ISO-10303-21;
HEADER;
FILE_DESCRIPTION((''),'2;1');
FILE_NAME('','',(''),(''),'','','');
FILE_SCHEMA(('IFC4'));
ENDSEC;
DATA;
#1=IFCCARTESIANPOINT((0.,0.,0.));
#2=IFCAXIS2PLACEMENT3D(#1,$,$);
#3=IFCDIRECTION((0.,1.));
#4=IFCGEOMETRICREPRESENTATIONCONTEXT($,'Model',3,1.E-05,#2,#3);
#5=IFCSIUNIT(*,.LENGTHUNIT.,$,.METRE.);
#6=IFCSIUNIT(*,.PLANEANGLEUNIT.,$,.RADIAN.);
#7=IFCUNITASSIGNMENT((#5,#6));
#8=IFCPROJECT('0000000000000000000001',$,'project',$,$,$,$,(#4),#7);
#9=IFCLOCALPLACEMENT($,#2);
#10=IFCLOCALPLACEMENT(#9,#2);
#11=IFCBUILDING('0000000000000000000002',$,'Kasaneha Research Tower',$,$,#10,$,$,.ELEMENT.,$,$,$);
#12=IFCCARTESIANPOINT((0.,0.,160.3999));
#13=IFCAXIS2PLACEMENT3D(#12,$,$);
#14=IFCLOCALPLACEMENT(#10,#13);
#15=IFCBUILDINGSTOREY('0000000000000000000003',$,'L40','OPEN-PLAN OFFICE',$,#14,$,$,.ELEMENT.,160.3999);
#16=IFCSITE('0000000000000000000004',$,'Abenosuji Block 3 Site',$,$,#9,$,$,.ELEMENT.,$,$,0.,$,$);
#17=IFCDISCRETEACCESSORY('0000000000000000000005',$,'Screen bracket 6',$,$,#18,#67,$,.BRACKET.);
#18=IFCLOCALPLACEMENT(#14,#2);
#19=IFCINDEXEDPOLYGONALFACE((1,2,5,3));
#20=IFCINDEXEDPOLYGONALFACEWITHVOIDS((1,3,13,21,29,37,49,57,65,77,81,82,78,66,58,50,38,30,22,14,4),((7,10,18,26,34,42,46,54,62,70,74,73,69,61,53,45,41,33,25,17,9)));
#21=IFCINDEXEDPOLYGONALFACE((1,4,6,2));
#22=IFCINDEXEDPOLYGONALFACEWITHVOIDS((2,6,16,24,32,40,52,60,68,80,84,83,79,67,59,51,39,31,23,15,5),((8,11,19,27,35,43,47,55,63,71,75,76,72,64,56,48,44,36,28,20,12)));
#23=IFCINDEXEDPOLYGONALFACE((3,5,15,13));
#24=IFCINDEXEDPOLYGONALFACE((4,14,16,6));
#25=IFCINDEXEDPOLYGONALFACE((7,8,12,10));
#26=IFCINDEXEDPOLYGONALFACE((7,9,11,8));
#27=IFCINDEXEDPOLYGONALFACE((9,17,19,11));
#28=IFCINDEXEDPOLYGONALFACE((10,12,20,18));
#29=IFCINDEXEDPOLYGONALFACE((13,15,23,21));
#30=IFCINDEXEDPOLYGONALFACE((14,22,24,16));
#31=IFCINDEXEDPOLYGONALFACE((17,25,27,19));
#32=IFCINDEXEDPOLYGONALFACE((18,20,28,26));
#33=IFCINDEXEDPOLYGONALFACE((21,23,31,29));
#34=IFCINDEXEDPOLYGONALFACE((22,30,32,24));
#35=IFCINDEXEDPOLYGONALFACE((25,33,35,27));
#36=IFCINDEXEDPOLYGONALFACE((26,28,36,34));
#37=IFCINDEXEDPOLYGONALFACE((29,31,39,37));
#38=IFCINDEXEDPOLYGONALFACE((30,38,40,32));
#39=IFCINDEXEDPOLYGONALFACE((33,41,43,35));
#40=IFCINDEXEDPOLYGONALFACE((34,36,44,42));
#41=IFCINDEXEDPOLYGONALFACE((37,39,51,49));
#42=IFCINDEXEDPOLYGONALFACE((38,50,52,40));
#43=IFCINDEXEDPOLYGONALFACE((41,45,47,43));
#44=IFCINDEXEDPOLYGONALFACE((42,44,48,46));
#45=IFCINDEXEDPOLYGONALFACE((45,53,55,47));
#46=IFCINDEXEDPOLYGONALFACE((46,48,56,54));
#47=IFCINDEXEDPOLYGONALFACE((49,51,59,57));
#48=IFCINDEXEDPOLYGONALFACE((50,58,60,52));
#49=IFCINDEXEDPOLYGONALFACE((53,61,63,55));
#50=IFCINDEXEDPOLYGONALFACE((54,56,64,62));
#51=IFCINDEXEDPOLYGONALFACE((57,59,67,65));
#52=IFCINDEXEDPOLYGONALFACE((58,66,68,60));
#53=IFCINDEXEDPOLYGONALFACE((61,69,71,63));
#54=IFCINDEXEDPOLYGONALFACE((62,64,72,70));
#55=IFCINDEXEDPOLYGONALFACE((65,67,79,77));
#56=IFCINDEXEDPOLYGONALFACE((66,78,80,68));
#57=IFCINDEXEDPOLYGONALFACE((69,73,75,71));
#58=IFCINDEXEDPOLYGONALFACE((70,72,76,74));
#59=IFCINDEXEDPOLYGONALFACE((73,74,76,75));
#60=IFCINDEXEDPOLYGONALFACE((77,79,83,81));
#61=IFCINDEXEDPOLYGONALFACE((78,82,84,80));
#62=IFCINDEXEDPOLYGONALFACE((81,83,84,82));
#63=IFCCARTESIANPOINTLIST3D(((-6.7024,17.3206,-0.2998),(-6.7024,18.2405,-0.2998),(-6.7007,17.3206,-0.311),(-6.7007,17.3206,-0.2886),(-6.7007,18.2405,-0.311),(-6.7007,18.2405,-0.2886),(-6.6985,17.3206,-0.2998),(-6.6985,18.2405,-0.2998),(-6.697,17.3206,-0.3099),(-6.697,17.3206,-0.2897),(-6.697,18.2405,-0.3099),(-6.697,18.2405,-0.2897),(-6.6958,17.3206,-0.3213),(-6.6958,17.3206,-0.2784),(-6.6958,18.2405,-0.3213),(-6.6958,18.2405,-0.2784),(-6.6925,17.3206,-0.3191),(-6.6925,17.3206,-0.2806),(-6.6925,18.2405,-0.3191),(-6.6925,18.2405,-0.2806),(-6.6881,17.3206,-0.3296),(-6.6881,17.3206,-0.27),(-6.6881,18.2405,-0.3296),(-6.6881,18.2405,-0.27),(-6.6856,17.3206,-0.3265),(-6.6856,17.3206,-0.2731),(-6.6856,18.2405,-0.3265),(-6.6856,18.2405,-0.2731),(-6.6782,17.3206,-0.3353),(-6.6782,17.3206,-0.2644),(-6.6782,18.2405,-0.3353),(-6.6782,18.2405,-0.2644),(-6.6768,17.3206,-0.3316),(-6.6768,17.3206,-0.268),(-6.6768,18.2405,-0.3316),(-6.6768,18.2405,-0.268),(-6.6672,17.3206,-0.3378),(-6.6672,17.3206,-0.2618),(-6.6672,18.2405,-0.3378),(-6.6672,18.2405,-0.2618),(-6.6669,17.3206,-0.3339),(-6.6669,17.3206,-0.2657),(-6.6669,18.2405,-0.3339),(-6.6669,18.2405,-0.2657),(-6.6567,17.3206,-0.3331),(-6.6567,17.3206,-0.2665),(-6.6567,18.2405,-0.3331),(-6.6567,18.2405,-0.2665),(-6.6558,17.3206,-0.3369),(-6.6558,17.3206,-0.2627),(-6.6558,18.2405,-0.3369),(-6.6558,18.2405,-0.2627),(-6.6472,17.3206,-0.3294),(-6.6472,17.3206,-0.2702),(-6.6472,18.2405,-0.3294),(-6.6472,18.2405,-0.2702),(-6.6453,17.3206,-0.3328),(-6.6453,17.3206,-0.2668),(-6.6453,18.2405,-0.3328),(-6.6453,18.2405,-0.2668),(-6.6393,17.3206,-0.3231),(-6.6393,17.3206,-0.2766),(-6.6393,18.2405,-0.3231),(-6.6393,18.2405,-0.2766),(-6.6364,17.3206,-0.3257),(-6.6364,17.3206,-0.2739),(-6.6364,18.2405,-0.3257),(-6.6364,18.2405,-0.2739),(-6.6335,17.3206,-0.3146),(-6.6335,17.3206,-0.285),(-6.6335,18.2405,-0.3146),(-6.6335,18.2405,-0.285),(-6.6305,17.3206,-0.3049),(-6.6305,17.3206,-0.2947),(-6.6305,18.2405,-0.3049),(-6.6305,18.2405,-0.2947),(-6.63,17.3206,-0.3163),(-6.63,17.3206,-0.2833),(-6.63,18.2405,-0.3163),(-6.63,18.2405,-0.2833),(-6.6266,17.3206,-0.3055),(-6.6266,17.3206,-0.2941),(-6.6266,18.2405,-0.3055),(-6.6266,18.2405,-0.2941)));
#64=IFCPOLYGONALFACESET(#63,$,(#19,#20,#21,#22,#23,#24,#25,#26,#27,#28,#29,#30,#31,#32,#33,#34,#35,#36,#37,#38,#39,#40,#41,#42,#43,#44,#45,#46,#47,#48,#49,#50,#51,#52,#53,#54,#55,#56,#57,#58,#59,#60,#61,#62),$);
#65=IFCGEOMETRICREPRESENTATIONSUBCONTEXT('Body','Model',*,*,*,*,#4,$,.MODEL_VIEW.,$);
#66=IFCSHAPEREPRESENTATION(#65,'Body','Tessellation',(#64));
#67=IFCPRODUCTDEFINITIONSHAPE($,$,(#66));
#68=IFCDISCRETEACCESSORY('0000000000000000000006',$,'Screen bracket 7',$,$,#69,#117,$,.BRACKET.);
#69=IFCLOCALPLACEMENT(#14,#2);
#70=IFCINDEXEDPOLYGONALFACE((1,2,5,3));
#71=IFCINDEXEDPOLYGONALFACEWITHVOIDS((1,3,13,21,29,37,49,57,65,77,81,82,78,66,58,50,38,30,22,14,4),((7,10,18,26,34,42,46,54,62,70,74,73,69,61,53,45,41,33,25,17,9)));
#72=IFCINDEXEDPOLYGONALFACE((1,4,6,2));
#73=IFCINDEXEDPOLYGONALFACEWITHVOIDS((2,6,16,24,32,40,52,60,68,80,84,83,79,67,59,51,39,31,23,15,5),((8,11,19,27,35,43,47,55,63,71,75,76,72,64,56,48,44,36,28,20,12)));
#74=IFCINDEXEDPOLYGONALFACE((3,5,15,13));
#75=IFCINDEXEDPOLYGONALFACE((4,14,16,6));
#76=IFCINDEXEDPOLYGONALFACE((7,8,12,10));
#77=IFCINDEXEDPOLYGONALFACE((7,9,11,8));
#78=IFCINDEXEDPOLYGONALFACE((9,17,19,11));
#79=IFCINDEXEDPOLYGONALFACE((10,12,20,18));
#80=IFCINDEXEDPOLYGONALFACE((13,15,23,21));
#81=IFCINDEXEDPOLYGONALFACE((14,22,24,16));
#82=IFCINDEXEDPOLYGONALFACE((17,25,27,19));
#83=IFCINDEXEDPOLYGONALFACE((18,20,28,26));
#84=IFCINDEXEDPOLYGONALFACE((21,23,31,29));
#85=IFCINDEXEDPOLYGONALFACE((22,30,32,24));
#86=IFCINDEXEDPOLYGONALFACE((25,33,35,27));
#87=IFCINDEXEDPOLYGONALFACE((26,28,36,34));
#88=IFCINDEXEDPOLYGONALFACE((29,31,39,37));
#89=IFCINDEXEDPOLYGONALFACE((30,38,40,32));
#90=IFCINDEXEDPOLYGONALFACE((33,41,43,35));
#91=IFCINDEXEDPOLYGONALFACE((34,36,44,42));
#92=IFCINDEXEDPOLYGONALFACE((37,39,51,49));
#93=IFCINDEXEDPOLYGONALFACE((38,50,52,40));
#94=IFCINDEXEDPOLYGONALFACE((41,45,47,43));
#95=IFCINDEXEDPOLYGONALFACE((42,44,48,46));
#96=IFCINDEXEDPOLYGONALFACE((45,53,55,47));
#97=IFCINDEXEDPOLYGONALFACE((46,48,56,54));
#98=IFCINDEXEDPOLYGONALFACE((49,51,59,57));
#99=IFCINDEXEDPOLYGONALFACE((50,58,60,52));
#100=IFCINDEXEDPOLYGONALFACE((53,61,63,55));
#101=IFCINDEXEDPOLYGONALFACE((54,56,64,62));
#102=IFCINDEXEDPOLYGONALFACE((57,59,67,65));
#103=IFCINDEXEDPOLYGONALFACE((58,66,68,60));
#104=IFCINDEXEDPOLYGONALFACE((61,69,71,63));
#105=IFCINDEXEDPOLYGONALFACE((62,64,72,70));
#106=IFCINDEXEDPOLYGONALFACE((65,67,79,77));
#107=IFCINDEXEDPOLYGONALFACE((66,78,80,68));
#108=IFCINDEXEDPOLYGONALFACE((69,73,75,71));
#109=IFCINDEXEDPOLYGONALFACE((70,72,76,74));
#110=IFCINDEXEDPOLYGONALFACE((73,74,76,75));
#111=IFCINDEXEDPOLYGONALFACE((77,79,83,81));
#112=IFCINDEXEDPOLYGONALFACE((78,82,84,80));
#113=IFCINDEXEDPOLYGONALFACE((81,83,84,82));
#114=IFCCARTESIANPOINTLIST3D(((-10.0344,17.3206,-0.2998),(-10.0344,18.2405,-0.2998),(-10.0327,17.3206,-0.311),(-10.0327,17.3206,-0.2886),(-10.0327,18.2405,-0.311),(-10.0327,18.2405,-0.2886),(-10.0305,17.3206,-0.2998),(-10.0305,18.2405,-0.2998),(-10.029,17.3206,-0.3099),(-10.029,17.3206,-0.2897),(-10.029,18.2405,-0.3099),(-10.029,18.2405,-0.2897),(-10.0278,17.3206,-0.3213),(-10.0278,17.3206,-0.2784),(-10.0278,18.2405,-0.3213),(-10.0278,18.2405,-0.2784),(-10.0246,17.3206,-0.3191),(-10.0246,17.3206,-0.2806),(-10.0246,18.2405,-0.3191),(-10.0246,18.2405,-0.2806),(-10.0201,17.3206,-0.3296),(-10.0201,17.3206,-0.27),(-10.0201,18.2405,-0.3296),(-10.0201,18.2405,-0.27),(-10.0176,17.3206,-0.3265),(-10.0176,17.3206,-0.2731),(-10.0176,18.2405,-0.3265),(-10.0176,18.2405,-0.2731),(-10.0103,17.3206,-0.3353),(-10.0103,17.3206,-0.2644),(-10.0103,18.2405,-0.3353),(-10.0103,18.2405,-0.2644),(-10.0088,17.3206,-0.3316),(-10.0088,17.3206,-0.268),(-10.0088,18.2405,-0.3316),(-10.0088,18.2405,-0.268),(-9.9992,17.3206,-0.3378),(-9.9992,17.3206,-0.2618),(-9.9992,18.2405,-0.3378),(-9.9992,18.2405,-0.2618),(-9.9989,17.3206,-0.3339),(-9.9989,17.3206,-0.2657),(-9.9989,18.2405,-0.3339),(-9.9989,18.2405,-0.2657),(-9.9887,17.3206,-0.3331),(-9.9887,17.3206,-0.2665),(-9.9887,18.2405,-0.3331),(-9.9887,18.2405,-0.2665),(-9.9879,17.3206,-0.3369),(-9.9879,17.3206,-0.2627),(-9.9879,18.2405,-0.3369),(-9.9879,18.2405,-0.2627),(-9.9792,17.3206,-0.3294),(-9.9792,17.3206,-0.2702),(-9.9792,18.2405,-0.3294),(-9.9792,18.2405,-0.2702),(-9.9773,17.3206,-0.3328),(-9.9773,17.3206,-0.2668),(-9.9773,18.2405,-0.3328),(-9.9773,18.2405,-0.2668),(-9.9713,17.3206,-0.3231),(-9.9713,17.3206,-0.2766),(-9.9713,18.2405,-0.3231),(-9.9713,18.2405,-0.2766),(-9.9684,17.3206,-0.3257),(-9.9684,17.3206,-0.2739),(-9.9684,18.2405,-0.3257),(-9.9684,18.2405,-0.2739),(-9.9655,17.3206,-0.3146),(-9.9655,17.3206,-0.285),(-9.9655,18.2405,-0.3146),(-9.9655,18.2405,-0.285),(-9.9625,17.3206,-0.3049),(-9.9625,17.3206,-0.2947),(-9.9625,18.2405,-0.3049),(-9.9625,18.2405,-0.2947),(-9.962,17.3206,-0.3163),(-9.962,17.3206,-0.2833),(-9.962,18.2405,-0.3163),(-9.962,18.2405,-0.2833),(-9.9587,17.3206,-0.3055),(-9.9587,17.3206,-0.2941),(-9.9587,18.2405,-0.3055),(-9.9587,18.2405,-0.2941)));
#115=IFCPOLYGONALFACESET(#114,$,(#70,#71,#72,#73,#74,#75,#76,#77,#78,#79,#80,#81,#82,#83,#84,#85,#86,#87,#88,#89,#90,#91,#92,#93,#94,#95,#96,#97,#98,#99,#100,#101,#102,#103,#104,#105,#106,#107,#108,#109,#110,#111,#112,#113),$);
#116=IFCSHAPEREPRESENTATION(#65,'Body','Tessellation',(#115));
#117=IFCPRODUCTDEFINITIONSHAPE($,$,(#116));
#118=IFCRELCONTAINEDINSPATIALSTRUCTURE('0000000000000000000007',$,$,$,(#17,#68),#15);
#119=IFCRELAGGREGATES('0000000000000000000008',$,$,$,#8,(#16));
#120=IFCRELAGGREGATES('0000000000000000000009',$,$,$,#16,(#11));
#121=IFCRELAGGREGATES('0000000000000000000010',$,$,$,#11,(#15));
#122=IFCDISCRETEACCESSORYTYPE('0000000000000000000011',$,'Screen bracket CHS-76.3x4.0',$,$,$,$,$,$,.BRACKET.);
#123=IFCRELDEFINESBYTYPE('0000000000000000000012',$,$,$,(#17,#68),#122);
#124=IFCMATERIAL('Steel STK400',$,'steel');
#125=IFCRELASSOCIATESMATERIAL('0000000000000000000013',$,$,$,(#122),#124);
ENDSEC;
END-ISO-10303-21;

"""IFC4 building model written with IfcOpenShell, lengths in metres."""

from ifc_helpers import new_model, si_unit, direction, frame, origin, origin_2d, place, context, subcontext, project, spatial, hollow_circle, extrude, material, material_profile, profile_set, type_object, element, save


model = new_model("IFC4")

# Units and contexts
model_context = context("Model", 3, precision=1e-05, world=origin(), true_north=direction((0.0, 1.0)))
body_context = subcontext(model_context, "Body", "Model", "MODEL_VIEW")
ifc_project = project(units=[si_unit("LENGTHUNIT", "METRE"), si_unit("PLANEANGLEUNIT", "RADIAN")], contexts=[model_context])

# Site, building, storey
site_placement = place(None, origin())
site = spatial("IfcSite", under=ifc_project, at=site_placement, Name="Abenosuji Block 3 Site", CompositionType="ELEMENT", RefElevation=0.0)
building_placement = place(site_placement, origin())
building = spatial("IfcBuilding", under=site, at=building_placement, Name="Kasaneha Research Tower", CompositionType="ELEMENT")
storey_placement = place(building_placement, frame((0.0, 0.0, 160.3999)))
storey = spatial("IfcBuildingStorey", under=building, at=storey_placement, Name="L40", Description="OPEN-PLAN OFFICE", CompositionType="ELEMENT", Elevation=160.3999)

# Discrete accessories
ifc_material_1 = material(Name="Steel STK400", Category="steel")
ifc_material_profile_1 = material_profile(ifc_material_1, hollow_circle(Radius=0.0381, WallThickness=0.0039, at=origin_2d()), Name="CHS-76.3x4.0")
ifc_profile_set_1 = profile_set([ifc_material_profile_1], Name="Steel STK400")
discrete_accessory_type = type_object("IfcDiscreteAccessoryType", Name="Screen bracket CHS-76.3x4.0", PredefinedType="BRACKET", material=ifc_profile_set_1)
for number, where, z_axis, x_axis, name in (
    (1, (-6.6643, 17.3206, -0.2998), (0.0, 1.0, 0.0), (-1.0, 0.0, 0.0), "Screen bracket 6"),
    (2, (-9.9963, 17.3206, -0.2998), (0.0, 1.0, 0.0), (-1.0, 0.0, 0.0), "Screen bracket 7"),
):
    element("IfcDiscreteAccessory", number, at=place(storey_placement, frame(where, z_axis=z_axis, x_axis=x_axis)), inside=storey, type_object=discrete_accessory_type, Name=name, PredefinedType="BRACKET", context=body_context, shape_type="SweptSolid", body=[
        extrude(hollow_circle(Radius=0.0381, WallThickness=0.0039, at=origin_2d()), origin(), (0.0, 0.0, 1.0), 0.9199),
    ])

save(model, "model.ifc")
